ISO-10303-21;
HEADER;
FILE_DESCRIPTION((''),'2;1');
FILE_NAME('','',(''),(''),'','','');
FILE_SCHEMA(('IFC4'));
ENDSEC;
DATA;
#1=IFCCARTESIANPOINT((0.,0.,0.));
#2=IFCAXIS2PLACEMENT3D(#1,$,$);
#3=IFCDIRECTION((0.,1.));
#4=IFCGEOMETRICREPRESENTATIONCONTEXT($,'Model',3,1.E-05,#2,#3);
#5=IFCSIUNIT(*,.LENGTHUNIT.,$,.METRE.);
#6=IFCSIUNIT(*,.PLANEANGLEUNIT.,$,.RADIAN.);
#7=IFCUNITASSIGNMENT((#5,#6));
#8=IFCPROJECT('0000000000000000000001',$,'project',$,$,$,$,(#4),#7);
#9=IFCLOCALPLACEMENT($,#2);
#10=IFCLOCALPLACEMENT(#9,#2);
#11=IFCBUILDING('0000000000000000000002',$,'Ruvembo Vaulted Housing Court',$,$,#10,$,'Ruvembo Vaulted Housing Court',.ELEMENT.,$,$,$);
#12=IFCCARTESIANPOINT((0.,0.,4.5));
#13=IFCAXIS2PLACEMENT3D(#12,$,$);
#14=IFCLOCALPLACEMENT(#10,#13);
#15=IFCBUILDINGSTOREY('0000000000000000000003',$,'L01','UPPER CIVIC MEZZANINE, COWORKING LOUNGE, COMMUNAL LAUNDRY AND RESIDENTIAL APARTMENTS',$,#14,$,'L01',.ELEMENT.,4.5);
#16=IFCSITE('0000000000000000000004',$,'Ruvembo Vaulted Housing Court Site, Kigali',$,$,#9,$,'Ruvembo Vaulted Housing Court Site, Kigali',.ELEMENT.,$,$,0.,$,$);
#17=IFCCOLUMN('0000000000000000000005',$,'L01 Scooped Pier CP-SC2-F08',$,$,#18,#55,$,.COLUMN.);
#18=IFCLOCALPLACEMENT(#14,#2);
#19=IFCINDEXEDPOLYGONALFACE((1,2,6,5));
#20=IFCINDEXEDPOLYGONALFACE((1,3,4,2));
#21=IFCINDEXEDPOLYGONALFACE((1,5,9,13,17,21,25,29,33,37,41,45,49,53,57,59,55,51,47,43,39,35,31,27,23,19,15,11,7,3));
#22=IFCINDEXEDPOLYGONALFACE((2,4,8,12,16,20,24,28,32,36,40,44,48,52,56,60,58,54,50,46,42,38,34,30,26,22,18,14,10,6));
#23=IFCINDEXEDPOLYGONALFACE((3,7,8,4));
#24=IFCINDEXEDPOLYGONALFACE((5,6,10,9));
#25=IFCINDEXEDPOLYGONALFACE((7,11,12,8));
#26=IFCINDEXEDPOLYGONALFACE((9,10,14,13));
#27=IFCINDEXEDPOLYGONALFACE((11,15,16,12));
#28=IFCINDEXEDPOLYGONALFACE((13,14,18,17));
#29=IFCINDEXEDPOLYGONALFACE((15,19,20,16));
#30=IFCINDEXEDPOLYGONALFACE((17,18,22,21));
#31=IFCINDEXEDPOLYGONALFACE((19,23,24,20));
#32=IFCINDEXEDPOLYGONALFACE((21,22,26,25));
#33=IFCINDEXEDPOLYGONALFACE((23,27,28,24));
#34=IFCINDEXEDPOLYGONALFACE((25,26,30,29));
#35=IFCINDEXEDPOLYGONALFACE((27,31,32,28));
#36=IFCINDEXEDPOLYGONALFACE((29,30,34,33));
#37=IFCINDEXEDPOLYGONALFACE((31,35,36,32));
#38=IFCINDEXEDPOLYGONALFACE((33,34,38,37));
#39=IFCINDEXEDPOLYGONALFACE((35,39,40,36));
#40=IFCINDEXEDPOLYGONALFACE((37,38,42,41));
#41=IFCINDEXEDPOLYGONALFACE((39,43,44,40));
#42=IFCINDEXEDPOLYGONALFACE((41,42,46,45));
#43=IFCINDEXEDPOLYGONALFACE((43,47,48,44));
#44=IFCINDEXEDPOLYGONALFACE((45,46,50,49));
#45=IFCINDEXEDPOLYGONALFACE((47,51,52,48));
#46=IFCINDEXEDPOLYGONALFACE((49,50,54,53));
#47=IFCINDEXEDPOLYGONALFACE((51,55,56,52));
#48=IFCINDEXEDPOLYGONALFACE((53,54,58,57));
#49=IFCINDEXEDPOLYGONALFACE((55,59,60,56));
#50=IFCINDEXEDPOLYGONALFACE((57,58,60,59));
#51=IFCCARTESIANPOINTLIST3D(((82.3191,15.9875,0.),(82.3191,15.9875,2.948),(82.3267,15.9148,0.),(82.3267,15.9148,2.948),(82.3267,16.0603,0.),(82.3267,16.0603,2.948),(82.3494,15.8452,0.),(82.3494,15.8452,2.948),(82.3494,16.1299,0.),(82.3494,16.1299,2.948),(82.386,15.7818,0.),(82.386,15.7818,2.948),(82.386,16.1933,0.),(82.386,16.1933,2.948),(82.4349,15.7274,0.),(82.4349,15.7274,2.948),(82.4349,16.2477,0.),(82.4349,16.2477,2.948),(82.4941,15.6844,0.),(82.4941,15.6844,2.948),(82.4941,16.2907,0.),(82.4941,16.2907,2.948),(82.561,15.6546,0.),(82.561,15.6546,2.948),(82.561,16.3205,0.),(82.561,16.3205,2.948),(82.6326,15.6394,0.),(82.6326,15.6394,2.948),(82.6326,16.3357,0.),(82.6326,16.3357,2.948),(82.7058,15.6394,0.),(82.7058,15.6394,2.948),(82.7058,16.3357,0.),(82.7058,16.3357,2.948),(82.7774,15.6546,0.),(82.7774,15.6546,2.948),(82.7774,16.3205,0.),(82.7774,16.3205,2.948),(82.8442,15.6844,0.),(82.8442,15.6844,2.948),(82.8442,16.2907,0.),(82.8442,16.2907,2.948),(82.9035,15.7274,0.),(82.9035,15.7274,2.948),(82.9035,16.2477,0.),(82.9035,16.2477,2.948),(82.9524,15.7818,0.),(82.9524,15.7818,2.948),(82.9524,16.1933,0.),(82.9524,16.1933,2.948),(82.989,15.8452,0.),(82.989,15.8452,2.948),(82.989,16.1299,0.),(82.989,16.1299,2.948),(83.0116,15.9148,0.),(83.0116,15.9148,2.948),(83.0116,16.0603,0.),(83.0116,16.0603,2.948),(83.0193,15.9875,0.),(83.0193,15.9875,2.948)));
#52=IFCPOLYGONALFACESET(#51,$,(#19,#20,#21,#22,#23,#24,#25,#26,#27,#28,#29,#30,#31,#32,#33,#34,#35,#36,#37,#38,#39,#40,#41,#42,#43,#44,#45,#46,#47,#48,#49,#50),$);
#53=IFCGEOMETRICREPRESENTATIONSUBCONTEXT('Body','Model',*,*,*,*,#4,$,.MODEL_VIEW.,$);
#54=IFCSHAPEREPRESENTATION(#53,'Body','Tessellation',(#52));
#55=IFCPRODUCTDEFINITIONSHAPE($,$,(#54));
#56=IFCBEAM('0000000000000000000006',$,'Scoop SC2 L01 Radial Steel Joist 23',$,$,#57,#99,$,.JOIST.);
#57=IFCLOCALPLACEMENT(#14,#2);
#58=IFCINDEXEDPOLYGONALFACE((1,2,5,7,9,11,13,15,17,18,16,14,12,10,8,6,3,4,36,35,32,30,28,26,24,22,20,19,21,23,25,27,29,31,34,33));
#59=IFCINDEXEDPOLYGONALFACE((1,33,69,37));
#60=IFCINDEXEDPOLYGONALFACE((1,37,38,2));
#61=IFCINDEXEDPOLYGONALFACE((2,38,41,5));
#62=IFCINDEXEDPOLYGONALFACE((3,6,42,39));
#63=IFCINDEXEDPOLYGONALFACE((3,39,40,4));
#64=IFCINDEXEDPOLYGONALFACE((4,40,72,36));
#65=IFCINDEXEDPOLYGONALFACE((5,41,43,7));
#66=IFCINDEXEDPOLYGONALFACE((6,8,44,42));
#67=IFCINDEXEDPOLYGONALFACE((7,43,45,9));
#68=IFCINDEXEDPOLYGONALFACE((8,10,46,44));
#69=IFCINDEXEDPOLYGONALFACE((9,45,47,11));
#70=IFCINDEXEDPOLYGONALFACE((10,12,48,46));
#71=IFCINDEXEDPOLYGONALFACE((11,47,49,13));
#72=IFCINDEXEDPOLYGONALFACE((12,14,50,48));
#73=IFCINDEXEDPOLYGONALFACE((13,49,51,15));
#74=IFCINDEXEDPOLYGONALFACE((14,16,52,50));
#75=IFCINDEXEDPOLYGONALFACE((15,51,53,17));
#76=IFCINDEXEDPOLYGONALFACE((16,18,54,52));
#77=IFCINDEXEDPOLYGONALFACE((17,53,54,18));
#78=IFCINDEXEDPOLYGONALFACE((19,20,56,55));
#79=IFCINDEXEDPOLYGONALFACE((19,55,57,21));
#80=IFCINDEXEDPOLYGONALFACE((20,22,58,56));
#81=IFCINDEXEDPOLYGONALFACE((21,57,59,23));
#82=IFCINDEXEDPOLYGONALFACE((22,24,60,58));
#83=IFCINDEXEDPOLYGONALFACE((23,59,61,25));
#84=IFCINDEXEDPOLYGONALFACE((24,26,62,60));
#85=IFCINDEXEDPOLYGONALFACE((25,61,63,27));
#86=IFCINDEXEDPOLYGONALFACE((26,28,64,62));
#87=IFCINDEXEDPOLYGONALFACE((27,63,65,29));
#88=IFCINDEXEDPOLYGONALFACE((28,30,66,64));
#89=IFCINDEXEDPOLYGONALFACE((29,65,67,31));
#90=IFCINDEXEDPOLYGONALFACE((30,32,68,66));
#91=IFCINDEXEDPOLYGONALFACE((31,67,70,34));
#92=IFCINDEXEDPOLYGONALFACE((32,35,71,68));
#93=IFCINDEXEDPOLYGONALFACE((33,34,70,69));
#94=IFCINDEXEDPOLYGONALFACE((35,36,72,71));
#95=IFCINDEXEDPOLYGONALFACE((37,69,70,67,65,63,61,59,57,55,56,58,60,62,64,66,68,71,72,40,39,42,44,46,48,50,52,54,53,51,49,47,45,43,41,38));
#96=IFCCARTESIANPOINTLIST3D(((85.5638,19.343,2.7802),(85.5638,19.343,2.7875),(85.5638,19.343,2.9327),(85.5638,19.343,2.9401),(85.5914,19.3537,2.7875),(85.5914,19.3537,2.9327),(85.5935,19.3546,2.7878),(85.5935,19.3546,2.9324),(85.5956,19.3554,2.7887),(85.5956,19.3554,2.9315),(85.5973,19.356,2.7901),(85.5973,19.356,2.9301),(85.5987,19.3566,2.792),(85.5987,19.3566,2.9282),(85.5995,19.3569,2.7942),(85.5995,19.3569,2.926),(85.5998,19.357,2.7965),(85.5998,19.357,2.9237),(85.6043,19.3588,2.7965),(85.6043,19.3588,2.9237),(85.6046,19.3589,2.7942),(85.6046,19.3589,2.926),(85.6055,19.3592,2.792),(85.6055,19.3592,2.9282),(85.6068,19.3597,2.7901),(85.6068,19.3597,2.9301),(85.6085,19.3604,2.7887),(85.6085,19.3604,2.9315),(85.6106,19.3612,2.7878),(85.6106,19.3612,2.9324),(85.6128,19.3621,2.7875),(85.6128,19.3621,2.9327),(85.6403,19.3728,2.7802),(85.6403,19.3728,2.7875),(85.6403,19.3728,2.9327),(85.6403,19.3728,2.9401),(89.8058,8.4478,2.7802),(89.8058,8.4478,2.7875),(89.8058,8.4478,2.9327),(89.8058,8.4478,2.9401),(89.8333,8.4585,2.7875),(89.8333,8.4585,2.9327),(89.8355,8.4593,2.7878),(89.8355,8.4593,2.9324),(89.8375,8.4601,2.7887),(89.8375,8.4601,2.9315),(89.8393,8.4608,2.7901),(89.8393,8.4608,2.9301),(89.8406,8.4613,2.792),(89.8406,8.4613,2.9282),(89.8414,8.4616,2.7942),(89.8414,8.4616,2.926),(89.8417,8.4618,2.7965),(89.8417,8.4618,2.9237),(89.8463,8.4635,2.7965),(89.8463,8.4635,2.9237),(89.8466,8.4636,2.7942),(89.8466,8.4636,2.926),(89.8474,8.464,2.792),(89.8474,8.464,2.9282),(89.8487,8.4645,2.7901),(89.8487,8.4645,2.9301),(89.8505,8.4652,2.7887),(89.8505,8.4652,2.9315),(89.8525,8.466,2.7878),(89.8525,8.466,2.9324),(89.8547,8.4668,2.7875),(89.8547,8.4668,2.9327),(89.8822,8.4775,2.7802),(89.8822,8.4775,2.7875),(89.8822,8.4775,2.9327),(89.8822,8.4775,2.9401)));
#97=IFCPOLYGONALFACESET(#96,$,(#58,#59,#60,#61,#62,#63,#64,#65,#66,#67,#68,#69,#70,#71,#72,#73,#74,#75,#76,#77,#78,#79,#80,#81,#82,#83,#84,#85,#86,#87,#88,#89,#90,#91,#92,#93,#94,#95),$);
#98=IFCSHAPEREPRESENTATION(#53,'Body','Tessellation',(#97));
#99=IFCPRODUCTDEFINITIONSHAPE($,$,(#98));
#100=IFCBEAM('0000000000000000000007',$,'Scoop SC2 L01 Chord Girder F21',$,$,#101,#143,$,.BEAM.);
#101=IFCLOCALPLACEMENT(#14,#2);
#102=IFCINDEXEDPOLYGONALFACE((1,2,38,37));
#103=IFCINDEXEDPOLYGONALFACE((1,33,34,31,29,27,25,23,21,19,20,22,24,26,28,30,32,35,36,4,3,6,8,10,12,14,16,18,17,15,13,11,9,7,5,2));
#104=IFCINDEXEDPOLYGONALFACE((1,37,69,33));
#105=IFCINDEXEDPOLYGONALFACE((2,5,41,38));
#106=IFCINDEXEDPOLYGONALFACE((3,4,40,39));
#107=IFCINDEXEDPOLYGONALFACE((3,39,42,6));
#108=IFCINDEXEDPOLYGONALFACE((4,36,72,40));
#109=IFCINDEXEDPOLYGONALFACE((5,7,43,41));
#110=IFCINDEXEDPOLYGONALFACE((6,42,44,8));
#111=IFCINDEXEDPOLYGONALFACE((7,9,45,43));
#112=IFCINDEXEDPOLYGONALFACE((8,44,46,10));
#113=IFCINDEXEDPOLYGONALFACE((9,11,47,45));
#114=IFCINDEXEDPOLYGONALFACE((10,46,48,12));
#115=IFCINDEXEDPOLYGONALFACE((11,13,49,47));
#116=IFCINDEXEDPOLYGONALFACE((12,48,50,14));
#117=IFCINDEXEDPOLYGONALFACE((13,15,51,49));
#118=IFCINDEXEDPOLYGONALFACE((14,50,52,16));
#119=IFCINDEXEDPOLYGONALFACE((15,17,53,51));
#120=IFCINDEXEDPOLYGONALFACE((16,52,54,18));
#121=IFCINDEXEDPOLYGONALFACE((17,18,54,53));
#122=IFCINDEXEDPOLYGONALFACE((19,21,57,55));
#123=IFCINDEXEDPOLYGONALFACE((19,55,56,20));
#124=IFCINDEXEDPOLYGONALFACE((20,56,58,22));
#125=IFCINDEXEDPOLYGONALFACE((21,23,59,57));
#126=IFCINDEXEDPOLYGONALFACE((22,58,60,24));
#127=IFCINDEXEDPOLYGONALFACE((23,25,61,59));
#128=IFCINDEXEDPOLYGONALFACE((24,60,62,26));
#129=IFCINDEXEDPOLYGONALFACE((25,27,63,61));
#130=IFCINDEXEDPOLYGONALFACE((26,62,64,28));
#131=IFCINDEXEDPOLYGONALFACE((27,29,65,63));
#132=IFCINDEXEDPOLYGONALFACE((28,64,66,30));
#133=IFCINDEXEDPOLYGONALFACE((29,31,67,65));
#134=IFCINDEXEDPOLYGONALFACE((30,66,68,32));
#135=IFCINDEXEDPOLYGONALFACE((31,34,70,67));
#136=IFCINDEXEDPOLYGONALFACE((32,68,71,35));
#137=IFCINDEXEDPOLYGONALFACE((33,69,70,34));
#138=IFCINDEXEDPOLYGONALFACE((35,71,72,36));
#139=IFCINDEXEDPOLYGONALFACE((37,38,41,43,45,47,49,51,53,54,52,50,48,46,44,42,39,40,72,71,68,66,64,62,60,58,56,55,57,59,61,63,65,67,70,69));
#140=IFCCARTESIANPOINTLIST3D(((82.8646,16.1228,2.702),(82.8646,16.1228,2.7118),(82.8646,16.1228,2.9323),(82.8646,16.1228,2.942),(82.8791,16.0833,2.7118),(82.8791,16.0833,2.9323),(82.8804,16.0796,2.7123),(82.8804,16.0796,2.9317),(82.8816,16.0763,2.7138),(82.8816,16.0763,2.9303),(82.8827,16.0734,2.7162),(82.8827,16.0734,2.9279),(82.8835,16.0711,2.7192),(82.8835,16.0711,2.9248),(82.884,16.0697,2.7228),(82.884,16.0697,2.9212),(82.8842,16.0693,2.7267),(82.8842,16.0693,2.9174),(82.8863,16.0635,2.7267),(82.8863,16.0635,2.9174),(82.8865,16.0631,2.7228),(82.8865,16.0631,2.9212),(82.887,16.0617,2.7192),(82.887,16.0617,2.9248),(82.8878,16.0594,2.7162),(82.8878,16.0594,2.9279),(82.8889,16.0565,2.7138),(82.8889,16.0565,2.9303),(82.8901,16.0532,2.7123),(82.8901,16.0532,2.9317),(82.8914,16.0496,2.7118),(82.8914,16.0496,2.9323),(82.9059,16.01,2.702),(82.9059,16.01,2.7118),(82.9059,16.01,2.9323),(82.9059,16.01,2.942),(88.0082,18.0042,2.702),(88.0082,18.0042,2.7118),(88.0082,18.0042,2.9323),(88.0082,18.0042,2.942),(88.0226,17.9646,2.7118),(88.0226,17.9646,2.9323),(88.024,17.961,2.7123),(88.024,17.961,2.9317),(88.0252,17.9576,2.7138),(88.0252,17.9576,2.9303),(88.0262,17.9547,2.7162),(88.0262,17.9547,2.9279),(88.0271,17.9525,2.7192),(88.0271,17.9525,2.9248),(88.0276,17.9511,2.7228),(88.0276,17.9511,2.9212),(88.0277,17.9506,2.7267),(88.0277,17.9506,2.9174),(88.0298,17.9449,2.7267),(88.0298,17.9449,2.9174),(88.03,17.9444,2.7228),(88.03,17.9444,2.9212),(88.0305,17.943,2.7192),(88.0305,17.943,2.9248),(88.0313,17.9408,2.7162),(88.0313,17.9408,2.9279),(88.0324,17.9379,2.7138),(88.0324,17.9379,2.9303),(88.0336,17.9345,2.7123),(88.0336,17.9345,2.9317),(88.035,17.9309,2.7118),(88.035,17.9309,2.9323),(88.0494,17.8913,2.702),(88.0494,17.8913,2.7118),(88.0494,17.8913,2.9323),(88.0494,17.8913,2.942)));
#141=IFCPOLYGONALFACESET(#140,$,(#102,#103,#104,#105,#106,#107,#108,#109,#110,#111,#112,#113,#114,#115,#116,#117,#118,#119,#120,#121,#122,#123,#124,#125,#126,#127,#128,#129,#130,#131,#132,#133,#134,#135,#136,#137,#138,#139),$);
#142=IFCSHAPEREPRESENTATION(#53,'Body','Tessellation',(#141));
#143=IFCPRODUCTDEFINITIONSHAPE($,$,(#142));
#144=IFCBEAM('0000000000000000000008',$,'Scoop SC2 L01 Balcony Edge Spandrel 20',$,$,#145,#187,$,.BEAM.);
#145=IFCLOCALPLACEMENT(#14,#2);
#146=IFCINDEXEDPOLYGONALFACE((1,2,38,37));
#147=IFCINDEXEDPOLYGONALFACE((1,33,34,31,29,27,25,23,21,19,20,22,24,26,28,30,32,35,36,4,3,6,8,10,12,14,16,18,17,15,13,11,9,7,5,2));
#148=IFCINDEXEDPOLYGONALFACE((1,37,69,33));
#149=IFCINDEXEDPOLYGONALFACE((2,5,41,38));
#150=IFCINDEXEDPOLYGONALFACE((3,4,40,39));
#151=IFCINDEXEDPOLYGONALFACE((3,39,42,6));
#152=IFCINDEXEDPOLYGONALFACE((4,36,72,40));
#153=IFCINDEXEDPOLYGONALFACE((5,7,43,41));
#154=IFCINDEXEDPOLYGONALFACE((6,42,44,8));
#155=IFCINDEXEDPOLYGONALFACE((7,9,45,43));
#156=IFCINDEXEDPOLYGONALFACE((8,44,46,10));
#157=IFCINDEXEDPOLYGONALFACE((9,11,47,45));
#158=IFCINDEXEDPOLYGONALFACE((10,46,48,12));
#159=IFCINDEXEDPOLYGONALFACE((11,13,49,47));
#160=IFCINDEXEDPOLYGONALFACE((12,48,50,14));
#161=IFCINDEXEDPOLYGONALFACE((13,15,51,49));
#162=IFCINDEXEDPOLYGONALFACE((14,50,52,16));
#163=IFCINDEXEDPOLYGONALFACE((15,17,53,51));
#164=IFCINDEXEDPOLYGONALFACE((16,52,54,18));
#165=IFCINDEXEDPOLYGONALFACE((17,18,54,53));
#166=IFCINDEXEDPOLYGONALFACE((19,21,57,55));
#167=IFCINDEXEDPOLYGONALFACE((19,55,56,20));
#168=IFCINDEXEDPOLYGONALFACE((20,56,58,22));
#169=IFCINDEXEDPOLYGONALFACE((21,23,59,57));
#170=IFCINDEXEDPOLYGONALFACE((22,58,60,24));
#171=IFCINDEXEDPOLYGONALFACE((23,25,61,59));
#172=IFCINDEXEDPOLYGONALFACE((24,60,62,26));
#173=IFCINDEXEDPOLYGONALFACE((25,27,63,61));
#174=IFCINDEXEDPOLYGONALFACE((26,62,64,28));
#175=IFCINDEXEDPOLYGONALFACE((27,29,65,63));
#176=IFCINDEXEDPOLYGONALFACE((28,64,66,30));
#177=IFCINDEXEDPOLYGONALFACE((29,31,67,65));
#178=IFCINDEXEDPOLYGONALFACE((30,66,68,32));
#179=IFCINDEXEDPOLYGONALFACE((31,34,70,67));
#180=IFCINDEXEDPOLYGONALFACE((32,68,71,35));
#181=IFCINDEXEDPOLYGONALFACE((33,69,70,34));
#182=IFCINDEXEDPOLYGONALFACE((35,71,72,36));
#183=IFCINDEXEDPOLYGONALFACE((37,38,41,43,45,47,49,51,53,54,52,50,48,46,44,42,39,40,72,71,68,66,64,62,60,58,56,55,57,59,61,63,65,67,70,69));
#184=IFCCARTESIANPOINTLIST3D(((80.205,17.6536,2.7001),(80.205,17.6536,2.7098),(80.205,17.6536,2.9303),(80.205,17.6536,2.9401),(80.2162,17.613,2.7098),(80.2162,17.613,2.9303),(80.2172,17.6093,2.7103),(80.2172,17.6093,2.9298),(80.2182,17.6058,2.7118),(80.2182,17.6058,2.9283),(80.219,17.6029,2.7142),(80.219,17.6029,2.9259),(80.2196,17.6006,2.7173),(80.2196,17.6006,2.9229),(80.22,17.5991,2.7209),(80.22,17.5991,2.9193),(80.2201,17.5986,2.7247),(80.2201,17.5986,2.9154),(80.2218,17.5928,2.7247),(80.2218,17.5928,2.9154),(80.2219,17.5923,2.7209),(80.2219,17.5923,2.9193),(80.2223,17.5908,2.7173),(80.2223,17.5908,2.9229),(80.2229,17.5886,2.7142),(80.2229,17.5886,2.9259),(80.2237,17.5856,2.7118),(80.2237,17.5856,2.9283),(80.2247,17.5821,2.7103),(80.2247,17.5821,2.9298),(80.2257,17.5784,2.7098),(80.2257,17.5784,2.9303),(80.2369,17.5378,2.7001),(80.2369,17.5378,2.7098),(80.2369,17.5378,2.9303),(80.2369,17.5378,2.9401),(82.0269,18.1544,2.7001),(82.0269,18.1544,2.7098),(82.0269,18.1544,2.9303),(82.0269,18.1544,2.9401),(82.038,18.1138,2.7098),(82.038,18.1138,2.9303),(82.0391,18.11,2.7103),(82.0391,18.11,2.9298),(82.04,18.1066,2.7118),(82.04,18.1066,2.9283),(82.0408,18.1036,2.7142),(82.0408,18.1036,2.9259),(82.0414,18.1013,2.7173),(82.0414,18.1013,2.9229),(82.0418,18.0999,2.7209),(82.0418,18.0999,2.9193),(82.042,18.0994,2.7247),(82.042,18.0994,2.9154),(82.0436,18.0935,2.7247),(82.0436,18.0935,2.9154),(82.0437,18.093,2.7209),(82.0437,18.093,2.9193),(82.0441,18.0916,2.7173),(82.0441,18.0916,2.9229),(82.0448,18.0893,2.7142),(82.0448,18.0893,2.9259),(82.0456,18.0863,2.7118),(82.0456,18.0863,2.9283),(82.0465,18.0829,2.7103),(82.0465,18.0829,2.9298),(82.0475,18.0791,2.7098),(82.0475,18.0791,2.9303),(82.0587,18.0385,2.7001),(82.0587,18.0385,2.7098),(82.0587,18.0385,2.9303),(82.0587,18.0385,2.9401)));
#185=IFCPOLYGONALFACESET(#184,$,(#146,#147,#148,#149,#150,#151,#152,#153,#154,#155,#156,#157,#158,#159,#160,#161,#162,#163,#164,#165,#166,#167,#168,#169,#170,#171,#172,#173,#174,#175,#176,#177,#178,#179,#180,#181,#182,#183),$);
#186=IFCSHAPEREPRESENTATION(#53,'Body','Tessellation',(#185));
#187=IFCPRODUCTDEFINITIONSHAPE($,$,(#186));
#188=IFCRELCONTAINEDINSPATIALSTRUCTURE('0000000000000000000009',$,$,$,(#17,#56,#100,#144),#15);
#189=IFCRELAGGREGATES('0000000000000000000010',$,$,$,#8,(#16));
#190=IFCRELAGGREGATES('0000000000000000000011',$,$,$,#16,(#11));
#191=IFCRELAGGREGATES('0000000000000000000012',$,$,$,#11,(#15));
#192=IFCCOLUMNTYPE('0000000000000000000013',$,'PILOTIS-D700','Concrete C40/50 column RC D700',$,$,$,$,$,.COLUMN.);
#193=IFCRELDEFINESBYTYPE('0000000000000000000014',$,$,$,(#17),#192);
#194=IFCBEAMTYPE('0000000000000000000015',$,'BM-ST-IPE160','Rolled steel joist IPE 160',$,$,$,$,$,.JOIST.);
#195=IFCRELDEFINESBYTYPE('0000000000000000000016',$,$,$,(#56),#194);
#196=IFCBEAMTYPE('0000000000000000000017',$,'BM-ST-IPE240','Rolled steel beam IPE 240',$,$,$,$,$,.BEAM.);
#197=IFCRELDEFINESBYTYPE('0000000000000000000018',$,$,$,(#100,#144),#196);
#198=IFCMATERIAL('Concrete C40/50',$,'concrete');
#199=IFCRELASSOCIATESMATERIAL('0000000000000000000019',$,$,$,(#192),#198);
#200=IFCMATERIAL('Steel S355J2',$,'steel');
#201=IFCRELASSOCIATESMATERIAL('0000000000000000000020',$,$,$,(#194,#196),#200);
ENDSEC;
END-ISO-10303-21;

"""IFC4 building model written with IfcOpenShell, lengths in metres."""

from ifc_helpers import new_model, si_unit, direction, frame, origin, origin_2d, place, context, subcontext, project, spatial, circle, i_section, extrude, material, material_profile, profile_set, type_object, element, save


model = new_model("IFC4")

# Units and contexts
model_context = context("Model", 3, precision=1e-05, world=origin(), true_north=direction((0.0, 1.0)))
body_context = subcontext(model_context, "Body", "Model", "MODEL_VIEW")
ifc_project = project(units=[si_unit("LENGTHUNIT", "METRE"), si_unit("PLANEANGLEUNIT", "RADIAN")], contexts=[model_context])

# Site, building, storey
site_placement = place(None, origin())
site = spatial("IfcSite", under=ifc_project, at=site_placement, Name="Ruvembo Vaulted Housing Court Site, Kigali", LongName="Ruvembo Vaulted Housing Court Site, Kigali", CompositionType="ELEMENT", RefElevation=0.0)
building_placement = place(site_placement, origin())
building = spatial("IfcBuilding", under=site, at=building_placement, Name="Ruvembo Vaulted Housing Court", LongName="Ruvembo Vaulted Housing Court", CompositionType="ELEMENT")
storey_placement = place(building_placement, frame((0.0, 0.0, 4.5)))
storey = spatial("IfcBuildingStorey", under=building, at=storey_placement, Name="L01", Description="UPPER CIVIC MEZZANINE, COWORKING LOUNGE, COMMUNAL LAUNDRY AND RESIDENTIAL APARTMENTS", LongName="L01", CompositionType="ELEMENT", Elevation=4.5)

# Column
ifc_material_1 = material(Name="Concrete C40/50", Category="concrete")
ifc_material_profile_1 = material_profile(ifc_material_1, circle(Radius=0.3501, at=origin_2d()), Name="RC D700")
ifc_profile_set_1 = profile_set([ifc_material_profile_1], Name="Concrete C40/50")
column_type = type_object("IfcColumnType", Name="PILOTIS-D700", Description="Concrete C40/50 column RC D700", PredefinedType="COLUMN", material=ifc_profile_set_1)
column_placement = place(storey_placement, frame((82.6692, 15.9875, 0.0), z_axis=(0.0, 0.0, 1.0), x_axis=(1.0, 0.0, 0.0)))
element("IfcColumn", 1, at=column_placement, inside=storey, type_object=column_type, Name="L01 Scooped Pier CP-SC2-F08", PredefinedType="COLUMN", context=body_context, shape_type="SweptSolid", body=[
    extrude(circle(Radius=0.3501, at=origin_2d()), origin(), (0.0, 0.0, 1.0), 2.948),
])

# Beams
ifc_material_2 = material(Name="Steel S355J2", Category="steel")
ifc_material_profile_2 = material_profile(ifc_material_2, i_section(OverallWidth=0.082, OverallDepth=0.1599, WebThickness=0.0049, FlangeThickness=0.0073, FilletRadius=0.009, at=origin_2d()), Name="IPE 160")
ifc_profile_set_2 = profile_set([ifc_material_profile_2], Name="Steel S355J2")
beam_type_1 = type_object("IfcBeamType", Name="BM-ST-IPE160", Description="Rolled steel joist IPE 160", PredefinedType="JOIST", material=ifc_profile_set_2)
beam_1_placement = place(storey_placement, frame((89.844, 8.4626, 2.8601), z_axis=(-0.36281, 0.931863, 0.0), x_axis=(-0.931863, -0.36281, 0.0)))
element("IfcBeam", 2, at=beam_1_placement, inside=storey, type_object=beam_type_1, Name="Scoop SC2 L01 Radial Steel Joist 23", PredefinedType="JOIST", context=body_context, shape_type="SweptSolid", body=[
    extrude(i_section(OverallWidth=0.082, OverallDepth=0.1599, WebThickness=0.0049, FlangeThickness=0.0073, FilletRadius=0.009, at=origin_2d()), origin(), (0.0, 0.0, 1.0), 11.6919),
])
ifc_material_profile_3 = material_profile(ifc_material_2, i_section(OverallWidth=0.1201, OverallDepth=0.24, WebThickness=0.0061, FlangeThickness=0.0098, FilletRadius=0.0149, at=origin_2d()), Name="IPE 240")
ifc_profile_set_3 = profile_set([ifc_material_profile_3], Name="Steel S355J2")
beam_type_2 = type_object("IfcBeamType", Name="BM-ST-IPE240", Description="Rolled steel beam IPE 240", PredefinedType="BEAM", material=ifc_profile_set_3)
beam_2_placement = place(storey_placement, frame((82.8853, 16.0664, 2.822), z_axis=(0.939149, 0.343511, 0.0), x_axis=(-0.343511, 0.939149, 0.0)))
element("IfcBeam", 3, at=beam_2_placement, inside=storey, type_object=beam_type_2, Name="Scoop SC2 L01 Chord Girder F21", PredefinedType="BEAM", context=body_context, shape_type="SweptSolid", body=[
    extrude(i_section(OverallWidth=0.1201, OverallDepth=0.24, WebThickness=0.0061, FlangeThickness=0.0098, FilletRadius=0.0149, at=origin_2d()), origin(), (0.0, 0.0, 1.0), 5.4768),
])
beam_3_placement = place(storey_placement, frame((80.2209, 17.5957, 2.8201), z_axis=(0.96424, 0.26503, 0.0), x_axis=(-0.26503, 0.96424, 0.0)))
element("IfcBeam", 4, at=beam_3_placement, inside=storey, type_object=beam_type_2, Name="Scoop SC2 L01 Balcony Edge Spandrel 20", PredefinedType="BEAM", context=body_context, shape_type="SweptSolid", body=[
    extrude(i_section(OverallWidth=0.1201, OverallDepth=0.24, WebThickness=0.0061, FlangeThickness=0.0098, FilletRadius=0.0149, at=origin_2d()), origin(), (0.0, 0.0, 1.0), 1.8894),
])

save(model, "model.ifc")
